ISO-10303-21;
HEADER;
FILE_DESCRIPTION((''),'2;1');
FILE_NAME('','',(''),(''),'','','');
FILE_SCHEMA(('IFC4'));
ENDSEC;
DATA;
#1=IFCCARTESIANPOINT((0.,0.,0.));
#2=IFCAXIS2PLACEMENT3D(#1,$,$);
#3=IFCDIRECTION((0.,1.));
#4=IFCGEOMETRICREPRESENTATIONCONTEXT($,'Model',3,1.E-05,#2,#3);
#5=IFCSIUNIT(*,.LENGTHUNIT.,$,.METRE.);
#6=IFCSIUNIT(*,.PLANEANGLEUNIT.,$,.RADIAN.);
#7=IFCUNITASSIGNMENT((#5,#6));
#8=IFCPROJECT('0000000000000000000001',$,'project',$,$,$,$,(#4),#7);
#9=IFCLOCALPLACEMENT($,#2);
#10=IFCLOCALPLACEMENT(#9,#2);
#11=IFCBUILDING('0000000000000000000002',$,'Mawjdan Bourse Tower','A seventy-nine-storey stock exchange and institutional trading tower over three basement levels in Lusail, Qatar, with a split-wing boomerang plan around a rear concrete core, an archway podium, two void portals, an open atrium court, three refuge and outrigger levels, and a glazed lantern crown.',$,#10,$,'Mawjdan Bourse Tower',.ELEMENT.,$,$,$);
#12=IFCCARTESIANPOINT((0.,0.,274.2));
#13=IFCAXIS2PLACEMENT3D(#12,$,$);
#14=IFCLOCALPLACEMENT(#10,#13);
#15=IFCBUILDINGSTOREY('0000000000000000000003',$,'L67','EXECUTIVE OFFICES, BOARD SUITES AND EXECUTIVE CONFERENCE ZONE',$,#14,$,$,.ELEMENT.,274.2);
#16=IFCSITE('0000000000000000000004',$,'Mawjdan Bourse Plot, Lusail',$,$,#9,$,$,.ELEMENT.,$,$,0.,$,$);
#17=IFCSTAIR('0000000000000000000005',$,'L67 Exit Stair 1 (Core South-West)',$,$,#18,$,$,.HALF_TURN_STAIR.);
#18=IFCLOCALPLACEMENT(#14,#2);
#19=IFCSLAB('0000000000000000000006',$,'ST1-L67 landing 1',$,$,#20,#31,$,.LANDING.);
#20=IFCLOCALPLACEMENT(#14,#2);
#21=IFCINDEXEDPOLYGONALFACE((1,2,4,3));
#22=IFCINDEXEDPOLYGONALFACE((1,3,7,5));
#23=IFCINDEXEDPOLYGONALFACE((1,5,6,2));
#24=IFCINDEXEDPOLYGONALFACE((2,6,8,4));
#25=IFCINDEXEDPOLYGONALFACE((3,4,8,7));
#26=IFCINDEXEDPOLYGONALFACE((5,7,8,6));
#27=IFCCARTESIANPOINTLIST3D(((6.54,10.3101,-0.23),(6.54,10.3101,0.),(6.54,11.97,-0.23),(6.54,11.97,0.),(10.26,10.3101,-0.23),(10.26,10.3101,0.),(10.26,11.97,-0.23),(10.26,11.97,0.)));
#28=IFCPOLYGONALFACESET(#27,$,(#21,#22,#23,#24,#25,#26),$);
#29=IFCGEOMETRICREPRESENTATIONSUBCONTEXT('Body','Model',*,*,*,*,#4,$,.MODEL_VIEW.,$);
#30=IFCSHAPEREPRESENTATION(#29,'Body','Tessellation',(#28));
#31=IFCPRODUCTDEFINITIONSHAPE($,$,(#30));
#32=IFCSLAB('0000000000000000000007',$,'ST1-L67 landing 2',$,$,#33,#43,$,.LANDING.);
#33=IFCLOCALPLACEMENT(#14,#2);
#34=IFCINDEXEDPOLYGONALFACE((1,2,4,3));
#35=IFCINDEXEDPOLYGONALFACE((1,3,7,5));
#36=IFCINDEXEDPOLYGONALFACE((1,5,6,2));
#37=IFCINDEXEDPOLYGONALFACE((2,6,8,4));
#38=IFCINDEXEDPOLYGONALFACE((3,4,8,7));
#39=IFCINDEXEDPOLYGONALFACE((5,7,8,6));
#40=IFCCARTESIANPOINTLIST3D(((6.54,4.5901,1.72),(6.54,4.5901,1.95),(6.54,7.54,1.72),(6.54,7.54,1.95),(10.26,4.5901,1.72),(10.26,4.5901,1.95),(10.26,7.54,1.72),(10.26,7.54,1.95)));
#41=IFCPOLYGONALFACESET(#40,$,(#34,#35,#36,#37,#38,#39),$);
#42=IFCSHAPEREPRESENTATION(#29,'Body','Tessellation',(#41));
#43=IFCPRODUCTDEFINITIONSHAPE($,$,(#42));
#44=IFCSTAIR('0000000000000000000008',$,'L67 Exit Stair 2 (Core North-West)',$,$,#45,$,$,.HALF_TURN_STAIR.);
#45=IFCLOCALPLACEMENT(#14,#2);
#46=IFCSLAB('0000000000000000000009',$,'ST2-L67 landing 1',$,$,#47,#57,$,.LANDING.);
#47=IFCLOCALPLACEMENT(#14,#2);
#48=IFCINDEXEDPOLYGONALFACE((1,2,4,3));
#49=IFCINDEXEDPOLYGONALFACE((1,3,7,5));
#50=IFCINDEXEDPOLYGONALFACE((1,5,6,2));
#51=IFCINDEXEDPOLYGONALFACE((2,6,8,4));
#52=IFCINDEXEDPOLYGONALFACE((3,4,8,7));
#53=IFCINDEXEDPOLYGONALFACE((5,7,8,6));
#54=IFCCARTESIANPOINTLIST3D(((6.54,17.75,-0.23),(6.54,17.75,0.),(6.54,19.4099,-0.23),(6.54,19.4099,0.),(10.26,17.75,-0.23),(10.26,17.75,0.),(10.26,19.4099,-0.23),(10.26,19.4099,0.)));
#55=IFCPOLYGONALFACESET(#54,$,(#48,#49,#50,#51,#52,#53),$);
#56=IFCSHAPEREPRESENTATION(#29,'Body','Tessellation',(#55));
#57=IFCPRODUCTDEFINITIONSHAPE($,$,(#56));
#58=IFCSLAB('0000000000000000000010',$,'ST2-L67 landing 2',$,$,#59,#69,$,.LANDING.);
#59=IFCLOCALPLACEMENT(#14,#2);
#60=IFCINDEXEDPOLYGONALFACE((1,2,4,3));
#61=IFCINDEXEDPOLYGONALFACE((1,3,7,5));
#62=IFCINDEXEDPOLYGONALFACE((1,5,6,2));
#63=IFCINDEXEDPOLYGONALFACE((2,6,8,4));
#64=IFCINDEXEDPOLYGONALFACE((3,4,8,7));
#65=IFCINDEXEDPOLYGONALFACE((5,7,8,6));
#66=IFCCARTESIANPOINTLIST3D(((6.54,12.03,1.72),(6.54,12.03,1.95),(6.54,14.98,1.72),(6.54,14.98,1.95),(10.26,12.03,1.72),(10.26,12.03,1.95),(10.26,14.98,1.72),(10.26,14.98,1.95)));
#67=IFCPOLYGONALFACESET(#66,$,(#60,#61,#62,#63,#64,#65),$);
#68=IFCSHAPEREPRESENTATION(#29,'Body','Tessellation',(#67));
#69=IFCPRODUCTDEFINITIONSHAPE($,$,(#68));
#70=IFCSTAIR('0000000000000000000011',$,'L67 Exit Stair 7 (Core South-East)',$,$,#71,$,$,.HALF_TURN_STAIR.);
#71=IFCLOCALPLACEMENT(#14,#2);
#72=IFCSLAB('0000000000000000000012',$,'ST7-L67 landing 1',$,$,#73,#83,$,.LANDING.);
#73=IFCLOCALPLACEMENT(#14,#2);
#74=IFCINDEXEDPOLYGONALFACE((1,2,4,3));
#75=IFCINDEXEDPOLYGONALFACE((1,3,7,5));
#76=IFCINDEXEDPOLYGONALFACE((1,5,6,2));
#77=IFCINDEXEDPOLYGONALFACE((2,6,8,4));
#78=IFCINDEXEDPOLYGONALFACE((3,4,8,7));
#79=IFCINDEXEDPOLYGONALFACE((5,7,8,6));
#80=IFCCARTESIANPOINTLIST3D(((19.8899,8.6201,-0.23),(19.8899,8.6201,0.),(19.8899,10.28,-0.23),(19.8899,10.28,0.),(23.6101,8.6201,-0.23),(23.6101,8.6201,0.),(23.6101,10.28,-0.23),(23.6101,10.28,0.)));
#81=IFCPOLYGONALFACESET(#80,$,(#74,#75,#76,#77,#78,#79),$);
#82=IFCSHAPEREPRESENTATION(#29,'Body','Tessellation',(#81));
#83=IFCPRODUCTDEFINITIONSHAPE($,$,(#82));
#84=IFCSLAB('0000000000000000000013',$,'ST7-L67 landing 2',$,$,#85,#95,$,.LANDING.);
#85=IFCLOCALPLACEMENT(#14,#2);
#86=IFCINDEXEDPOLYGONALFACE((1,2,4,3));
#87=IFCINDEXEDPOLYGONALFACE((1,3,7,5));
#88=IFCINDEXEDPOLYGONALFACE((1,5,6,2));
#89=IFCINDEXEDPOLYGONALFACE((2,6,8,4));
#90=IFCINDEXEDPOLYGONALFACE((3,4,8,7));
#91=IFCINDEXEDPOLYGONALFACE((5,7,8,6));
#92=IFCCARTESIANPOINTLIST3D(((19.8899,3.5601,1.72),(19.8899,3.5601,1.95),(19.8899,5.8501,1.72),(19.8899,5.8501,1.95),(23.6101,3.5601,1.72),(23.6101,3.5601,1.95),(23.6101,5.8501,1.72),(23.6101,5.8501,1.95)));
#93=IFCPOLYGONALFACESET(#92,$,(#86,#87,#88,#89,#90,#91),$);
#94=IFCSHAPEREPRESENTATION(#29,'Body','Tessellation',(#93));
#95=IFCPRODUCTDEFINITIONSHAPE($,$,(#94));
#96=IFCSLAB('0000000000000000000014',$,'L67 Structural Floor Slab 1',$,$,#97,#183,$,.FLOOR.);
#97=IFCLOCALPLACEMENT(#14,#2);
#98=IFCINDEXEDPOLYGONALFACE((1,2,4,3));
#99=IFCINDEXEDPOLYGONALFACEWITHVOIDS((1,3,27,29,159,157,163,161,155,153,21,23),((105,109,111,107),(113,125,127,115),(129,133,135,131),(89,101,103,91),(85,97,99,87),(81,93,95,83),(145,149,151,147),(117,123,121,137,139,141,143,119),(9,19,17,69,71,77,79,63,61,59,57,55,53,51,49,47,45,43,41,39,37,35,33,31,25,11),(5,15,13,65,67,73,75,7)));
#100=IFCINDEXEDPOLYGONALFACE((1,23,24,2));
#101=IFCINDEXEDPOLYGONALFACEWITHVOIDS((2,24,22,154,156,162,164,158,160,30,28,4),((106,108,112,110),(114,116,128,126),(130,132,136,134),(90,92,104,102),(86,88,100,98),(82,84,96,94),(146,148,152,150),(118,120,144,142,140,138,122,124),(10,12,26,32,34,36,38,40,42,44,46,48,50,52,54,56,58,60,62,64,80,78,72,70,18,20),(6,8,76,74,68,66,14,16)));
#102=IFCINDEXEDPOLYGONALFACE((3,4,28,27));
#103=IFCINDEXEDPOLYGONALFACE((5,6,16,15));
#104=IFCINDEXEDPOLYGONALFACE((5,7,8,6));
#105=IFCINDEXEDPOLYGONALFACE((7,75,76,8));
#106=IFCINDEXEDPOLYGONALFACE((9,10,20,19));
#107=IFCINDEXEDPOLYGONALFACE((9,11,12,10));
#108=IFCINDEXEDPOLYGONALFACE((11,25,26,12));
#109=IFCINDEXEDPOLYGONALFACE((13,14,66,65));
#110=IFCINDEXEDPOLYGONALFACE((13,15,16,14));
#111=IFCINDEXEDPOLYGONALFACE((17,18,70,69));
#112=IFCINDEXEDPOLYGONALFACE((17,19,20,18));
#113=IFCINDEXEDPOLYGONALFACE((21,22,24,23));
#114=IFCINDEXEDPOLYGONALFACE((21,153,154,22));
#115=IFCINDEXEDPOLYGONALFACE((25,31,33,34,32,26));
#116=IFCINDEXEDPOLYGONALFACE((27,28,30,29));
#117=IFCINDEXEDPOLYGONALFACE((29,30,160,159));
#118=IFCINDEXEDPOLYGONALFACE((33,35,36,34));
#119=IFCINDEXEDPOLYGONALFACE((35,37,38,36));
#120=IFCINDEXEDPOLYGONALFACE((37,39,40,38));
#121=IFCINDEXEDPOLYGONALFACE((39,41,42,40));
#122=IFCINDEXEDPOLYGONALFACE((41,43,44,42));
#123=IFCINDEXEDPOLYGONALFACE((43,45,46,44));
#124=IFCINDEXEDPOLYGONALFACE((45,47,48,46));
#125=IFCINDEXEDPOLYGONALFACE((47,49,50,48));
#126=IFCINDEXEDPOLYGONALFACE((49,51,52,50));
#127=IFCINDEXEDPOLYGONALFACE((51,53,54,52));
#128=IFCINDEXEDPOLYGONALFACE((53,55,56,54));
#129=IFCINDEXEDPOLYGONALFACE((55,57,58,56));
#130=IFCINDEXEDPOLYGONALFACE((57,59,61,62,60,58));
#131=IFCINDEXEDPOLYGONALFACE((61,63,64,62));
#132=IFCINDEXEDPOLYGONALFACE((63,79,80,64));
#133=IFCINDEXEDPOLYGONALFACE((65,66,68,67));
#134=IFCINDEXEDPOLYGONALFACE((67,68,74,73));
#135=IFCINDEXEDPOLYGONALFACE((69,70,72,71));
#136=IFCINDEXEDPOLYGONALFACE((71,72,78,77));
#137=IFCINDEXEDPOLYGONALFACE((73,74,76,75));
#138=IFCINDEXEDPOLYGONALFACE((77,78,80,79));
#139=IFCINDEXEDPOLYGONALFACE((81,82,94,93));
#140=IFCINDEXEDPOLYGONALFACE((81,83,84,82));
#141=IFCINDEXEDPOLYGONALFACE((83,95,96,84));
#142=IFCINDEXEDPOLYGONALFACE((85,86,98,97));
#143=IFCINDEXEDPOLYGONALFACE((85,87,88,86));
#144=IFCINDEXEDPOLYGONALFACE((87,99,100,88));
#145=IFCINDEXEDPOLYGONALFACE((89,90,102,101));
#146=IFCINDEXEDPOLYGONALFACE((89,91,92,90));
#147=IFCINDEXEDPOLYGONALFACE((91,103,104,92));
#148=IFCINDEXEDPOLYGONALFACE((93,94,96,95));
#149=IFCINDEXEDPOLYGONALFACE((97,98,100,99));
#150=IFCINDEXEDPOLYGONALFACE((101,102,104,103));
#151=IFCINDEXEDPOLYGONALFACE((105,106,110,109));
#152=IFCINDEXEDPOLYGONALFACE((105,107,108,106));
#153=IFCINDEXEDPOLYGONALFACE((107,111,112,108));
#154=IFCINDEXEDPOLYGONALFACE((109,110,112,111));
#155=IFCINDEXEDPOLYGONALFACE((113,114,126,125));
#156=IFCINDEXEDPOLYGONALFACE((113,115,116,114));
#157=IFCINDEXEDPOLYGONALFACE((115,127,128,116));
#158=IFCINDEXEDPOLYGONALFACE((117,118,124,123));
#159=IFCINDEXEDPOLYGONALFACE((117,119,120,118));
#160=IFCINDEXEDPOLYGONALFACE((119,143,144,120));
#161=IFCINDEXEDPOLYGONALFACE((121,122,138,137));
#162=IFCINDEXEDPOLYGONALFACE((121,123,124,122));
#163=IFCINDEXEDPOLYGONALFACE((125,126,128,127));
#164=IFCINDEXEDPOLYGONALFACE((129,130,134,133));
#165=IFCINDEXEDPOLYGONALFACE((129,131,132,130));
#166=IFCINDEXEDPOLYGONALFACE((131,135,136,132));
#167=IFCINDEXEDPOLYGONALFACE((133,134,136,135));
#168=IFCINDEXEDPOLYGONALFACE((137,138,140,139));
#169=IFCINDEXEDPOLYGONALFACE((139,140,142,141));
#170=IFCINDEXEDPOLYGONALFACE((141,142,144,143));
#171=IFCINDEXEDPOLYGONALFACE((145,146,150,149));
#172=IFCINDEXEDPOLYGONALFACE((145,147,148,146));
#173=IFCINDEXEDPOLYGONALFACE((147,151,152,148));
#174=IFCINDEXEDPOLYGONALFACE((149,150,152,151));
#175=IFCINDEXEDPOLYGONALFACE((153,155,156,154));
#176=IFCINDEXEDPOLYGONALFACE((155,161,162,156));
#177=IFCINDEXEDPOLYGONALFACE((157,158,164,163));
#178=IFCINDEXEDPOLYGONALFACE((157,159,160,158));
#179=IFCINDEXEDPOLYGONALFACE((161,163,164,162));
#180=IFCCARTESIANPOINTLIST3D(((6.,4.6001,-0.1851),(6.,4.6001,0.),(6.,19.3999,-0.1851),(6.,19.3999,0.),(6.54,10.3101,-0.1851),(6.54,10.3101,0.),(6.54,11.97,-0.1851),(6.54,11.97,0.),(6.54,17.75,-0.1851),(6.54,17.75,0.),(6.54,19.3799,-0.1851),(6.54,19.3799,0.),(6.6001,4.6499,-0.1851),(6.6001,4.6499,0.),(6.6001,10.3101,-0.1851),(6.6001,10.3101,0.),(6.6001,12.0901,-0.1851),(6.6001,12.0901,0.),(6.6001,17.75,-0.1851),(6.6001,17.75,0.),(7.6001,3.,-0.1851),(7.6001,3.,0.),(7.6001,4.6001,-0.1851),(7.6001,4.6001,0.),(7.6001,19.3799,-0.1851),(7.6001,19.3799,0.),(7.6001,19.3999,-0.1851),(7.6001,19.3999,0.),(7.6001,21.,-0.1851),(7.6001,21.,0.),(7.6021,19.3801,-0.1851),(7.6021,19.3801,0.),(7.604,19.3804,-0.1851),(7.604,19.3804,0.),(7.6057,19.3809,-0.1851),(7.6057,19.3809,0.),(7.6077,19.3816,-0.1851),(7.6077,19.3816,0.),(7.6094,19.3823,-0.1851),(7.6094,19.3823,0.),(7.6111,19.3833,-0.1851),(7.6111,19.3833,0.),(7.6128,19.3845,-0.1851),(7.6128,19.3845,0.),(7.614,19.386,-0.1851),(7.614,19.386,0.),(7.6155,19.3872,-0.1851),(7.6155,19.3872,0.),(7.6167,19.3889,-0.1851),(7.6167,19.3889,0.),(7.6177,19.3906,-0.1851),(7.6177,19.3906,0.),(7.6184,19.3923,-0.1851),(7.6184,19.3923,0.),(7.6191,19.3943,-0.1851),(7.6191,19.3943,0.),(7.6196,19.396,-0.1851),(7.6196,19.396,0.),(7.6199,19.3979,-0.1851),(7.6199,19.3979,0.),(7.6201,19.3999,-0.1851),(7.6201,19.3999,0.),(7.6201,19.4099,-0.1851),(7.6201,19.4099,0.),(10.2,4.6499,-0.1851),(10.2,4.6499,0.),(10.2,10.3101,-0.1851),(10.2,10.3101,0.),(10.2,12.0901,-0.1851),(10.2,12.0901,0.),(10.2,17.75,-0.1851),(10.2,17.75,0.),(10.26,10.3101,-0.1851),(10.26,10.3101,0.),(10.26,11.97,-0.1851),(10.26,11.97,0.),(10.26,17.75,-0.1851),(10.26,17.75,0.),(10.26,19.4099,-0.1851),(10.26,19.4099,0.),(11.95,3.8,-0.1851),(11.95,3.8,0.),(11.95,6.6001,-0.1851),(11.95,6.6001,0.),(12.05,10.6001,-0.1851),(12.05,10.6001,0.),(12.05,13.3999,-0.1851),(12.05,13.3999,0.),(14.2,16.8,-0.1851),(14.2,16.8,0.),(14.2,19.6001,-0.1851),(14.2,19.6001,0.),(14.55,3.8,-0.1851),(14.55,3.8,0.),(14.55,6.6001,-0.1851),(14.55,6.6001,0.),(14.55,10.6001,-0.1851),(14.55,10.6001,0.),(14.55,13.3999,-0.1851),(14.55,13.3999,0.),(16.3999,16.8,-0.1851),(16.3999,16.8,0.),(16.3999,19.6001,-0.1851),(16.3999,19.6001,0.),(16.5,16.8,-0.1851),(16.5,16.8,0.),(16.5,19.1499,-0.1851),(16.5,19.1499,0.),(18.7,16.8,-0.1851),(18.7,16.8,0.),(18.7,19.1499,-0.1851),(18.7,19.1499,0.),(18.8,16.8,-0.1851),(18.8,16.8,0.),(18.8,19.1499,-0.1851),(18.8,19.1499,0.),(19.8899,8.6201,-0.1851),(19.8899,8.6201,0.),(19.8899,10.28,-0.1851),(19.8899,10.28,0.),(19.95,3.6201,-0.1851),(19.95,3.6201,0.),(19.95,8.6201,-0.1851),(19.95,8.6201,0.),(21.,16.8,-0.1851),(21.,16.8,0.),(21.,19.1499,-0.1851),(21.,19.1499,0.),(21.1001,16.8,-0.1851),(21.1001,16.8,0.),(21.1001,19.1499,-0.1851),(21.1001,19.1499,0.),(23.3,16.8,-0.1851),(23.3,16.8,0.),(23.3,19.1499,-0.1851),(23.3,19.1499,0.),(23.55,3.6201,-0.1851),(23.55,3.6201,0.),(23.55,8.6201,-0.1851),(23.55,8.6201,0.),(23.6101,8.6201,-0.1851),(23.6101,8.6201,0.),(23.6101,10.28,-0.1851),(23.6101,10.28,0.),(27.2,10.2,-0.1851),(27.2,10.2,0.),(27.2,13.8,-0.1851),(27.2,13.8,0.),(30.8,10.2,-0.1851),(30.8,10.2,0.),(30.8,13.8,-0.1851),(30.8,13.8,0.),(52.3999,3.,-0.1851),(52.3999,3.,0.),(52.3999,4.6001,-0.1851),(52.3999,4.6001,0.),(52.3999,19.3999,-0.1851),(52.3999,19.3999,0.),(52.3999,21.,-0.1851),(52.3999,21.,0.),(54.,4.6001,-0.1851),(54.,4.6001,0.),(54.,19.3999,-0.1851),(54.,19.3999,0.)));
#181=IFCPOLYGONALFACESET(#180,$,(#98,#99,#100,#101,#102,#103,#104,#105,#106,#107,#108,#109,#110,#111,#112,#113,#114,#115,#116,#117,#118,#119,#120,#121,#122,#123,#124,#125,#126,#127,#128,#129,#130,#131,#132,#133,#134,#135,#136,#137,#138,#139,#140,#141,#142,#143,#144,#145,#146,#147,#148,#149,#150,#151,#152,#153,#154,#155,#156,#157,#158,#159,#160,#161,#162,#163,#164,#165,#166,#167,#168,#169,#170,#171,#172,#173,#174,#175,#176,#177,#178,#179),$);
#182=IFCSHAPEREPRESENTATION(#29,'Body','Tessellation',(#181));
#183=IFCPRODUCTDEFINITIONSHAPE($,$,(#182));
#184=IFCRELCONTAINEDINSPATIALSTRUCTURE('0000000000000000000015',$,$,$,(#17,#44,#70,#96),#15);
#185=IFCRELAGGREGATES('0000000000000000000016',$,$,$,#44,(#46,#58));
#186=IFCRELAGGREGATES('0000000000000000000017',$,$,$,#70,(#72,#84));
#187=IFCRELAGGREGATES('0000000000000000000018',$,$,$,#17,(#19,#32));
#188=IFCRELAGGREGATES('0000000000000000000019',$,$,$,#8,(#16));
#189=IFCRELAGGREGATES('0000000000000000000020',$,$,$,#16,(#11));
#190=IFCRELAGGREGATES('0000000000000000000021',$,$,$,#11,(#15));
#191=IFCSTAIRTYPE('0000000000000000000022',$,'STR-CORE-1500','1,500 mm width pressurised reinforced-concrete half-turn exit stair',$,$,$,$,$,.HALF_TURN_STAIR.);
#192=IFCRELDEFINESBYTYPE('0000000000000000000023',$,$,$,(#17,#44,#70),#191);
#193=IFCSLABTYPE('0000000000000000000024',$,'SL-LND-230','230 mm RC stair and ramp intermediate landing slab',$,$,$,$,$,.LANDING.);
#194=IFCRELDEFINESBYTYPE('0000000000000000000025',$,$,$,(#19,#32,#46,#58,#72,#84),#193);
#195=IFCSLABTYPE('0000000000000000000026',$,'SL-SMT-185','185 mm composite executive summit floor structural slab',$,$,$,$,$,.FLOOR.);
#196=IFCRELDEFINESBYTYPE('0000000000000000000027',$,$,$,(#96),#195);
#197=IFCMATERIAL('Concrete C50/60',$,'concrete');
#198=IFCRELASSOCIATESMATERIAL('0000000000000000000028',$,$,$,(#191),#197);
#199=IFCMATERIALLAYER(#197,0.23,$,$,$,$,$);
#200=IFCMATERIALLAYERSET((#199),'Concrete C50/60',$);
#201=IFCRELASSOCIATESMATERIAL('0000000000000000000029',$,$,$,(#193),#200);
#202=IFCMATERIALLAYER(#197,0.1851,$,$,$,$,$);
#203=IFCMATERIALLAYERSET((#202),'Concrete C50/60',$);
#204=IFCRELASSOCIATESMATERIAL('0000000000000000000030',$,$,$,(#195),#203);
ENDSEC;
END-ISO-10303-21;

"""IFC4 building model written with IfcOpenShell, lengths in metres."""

from ifc_helpers import new_model, si_unit, direction, frame, origin, place, context, subcontext, project, spatial, polyline, outline, extrude, material, layer, layer_set, type_object, element, aggregate, save


model = new_model("IFC4")

# Units and contexts
model_context = context("Model", 3, precision=1e-05, world=origin(), true_north=direction((0.0, 1.0)))
body_context = subcontext(model_context, "Body", "Model", "MODEL_VIEW")
ifc_project = project(units=[si_unit("LENGTHUNIT", "METRE"), si_unit("PLANEANGLEUNIT", "RADIAN")], contexts=[model_context])

# Site, building, storey
site_placement = place(None, origin())
site = spatial("IfcSite", under=ifc_project, at=site_placement, Name="Mawjdan Bourse Plot, Lusail", CompositionType="ELEMENT", RefElevation=0.0)
building_placement = place(site_placement, origin())
building = spatial("IfcBuilding", under=site, at=building_placement, Name="Mawjdan Bourse Tower", Description="A seventy-nine-storey stock exchange and institutional trading tower over three basement levels in Lusail, Qatar, with a split-wing boomerang plan around a rear concrete core, an archway podium, two void portals, an open atrium court, three refuge and outrigger levels, and a glazed lantern crown.", LongName="Mawjdan Bourse Tower", CompositionType="ELEMENT")
storey_placement = place(building_placement, frame((0.0, 0.0, 274.2)))
storey = spatial("IfcBuildingStorey", under=building, at=storey_placement, Name="L67", Description="EXECUTIVE OFFICES, BOARD SUITES AND EXECUTIVE CONFERENCE ZONE", CompositionType="ELEMENT", Elevation=274.2)

# Stairs, slabs
ifc_material_1 = material(Name="Concrete C50/60", Category="concrete")
stair_type = type_object("IfcStairType", Name="STR-CORE-1500", Description="1,500 mm width pressurised reinforced-concrete half-turn exit stair", PredefinedType="HALF_TURN_STAIR", material=ifc_material_1)
stair_1_placement = place(storey_placement, origin())
stair_1 = element("IfcStair", 1, at=stair_1_placement, inside=storey, type_object=stair_type, Name="L67 Exit Stair 1 (Core South-West)", PredefinedType="HALF_TURN_STAIR")
ifc_layer_1 = layer(ifc_material_1, 0.23)
ifc_layer_set_1 = layer_set([ifc_layer_1], Name="Concrete C50/60")
slab_type_1 = type_object("IfcSlabType", Name="SL-LND-230", Description="230 mm RC stair and ramp intermediate landing slab", PredefinedType="LANDING", material=ifc_layer_set_1)
slab_1_placement = place(storey_placement, frame((0.0, 0.0, -0.23)))
slab_1 = element("IfcSlab", 2, at=slab_1_placement, type_object=slab_type_1, Name="ST1-L67 landing 1", PredefinedType="LANDING", context=body_context, shape_type="SweptSolid", body=[
    extrude(outline(polyline([(6.54, 10.3101), (10.26, 10.3101), (10.26, 11.97), (6.54, 11.97), (6.54, 10.3101)])), origin(), (0.0, 0.0, 1.0), 0.23),
])
slab_2_placement = place(storey_placement, frame((0.0, 0.0, 1.72)))
slab_2 = element("IfcSlab", 3, at=slab_2_placement, type_object=slab_type_1, Name="ST1-L67 landing 2", PredefinedType="LANDING", context=body_context, shape_type="SweptSolid", body=[
    extrude(outline(polyline([(6.54, 4.5901), (10.26, 4.5901), (10.26, 7.54), (6.54, 7.54), (6.54, 4.5901)])), origin(), (0.0, 0.0, 1.0), 0.23),
])
stair_2_placement = place(storey_placement, origin())
stair_2 = element("IfcStair", 4, at=stair_2_placement, inside=storey, type_object=stair_type, Name="L67 Exit Stair 2 (Core North-West)", PredefinedType="HALF_TURN_STAIR")
slab_3_placement = place(storey_placement, frame((0.0, 0.0, -0.23)))
slab_3 = element("IfcSlab", 5, at=slab_3_placement, type_object=slab_type_1, Name="ST2-L67 landing 1", PredefinedType="LANDING", context=body_context, shape_type="SweptSolid", body=[
    extrude(outline(polyline([(6.54, 17.75), (10.26, 17.75), (10.26, 19.4099), (6.54, 19.4099), (6.54, 17.75)])), origin(), (0.0, 0.0, 1.0), 0.23),
])
slab_4_placement = place(storey_placement, frame((0.0, 0.0, 1.72)))
slab_4 = element("IfcSlab", 6, at=slab_4_placement, type_object=slab_type_1, Name="ST2-L67 landing 2", PredefinedType="LANDING", context=body_context, shape_type="SweptSolid", body=[
    extrude(outline(polyline([(6.54, 12.03), (10.26, 12.03), (10.26, 14.98), (6.54, 14.98), (6.54, 12.03)])), origin(), (0.0, 0.0, 1.0), 0.23),
])
aggregate(stair_2, [slab_3, slab_4])
stair_3_placement = place(storey_placement, origin())
stair_3 = element("IfcStair", 7, at=stair_3_placement, inside=storey, type_object=stair_type, Name="L67 Exit Stair 7 (Core South-East)", PredefinedType="HALF_TURN_STAIR")
slab_5_placement = place(storey_placement, frame((0.0, 0.0, -0.23)))
slab_5 = element("IfcSlab", 8, at=slab_5_placement, type_object=slab_type_1, Name="ST7-L67 landing 1", PredefinedType="LANDING", context=body_context, shape_type="SweptSolid", body=[
    extrude(outline(polyline([(19.8899, 8.6201), (23.6101, 8.6201), (23.6101, 10.28), (19.8899, 10.28), (19.8899, 8.6201)])), origin(), (0.0, 0.0, 1.0), 0.23),
])
slab_6_placement = place(storey_placement, frame((0.0, 0.0, 1.72)))
slab_6 = element("IfcSlab", 9, at=slab_6_placement, type_object=slab_type_1, Name="ST7-L67 landing 2", PredefinedType="LANDING", context=body_context, shape_type="SweptSolid", body=[
    extrude(outline(polyline([(19.8899, 3.5601), (23.6101, 3.5601), (23.6101, 5.8501), (19.8899, 5.8501), (19.8899, 3.5601)])), origin(), (0.0, 0.0, 1.0), 0.23),
])
aggregate(stair_3, [slab_5, slab_6])

# Slab
ifc_layer_2 = layer(ifc_material_1, 0.1851)
ifc_layer_set_2 = layer_set([ifc_layer_2], Name="Concrete C50/60")
slab_type_2 = type_object("IfcSlabType", Name="SL-SMT-185", Description="185 mm composite executive summit floor structural slab", PredefinedType="FLOOR", material=ifc_layer_set_2)
slab_7_placement = place(storey_placement, frame((0.0, 0.0, -0.1851)))
element("IfcSlab", 10, at=slab_7_placement, inside=storey, type_object=slab_type_2, Name="L67 Structural Floor Slab 1", PredefinedType="FLOOR", context=body_context, shape_type="SweptSolid", body=[
    extrude(outline(polyline([(7.6001, 3.0), (52.3999, 3.0), (52.3999, 4.6001), (54.0, 4.6001), (54.0, 19.3999), (52.3999, 19.3999), (52.3999, 21.0), (7.6001, 21.0), (7.6001, 19.3999), (6.0, 19.3999), (6.0, 4.6001), (7.6001, 4.6001), (7.6001, 3.0)]), holes=[polyline([(14.55, 3.8), (11.95, 3.8), (11.95, 6.6001), (14.55, 6.6001), (14.55, 3.8)]), polyline([(10.26, 11.97), (10.26, 10.3101), (10.2, 10.3101), (10.2, 4.6499), (6.6001, 4.6499), (6.6001, 10.3101), (6.54, 10.3101), (6.54, 11.97), (10.26, 11.97)]), polyline([(14.55, 10.6001), (12.05, 10.6001), (12.05, 13.3999), (14.55, 13.3999), (14.55, 10.6001)]), polyline([(6.6001, 12.0901), (6.6001, 17.75), (6.54, 17.75), (6.54, 19.3799), (7.6001, 19.3799), (7.6021, 19.3801), (7.604, 19.3804), (7.6057, 19.3809), (7.6077, 19.3816), (7.6094, 19.3823), (7.6111, 19.3833), (7.6128, 19.3845), (7.614, 19.386), (7.6155, 19.3872), (7.6167, 19.3889), (7.6177, 19.3906), (7.6184, 19.3923), (7.6191, 19.3943), (7.6196, 19.396), (7.6199, 19.3979), (7.6201, 19.3999), (7.6201, 19.4099), (10.26, 19.4099), (10.26, 17.75), (10.2, 17.75), (10.2, 12.0901), (6.6001, 12.0901)]), polyline([(14.2, 16.8), (14.2, 19.6001), (16.3999, 19.6001), (16.3999, 16.8), (14.2, 16.8)]), polyline([(23.6101, 10.28), (23.6101, 8.6201), (23.55, 8.6201), (23.55, 3.6201), (19.95, 3.6201), (19.95, 8.6201), (19.8899, 8.6201), (19.8899, 10.28), (23.6101, 10.28)]), polyline([(27.2, 10.2), (27.2, 13.8), (30.8, 13.8), (30.8, 10.2), (27.2, 10.2)]), polyline([(16.5, 16.8), (16.5, 19.1499), (18.7, 19.1499), (18.7, 16.8), (16.5, 16.8)]), polyline([(18.8, 16.8), (18.8, 19.1499), (21.0, 19.1499), (21.0, 16.8), (18.8, 16.8)]), polyline([(21.1001, 16.8), (21.1001, 19.1499), (23.3, 19.1499), (23.3, 16.8), (21.1001, 16.8)])]), origin(), (0.0, 0.0, 1.0), 0.1851),
])

aggregate(stair_1, [slab_1, slab_2])

save(model, "model.ifc")
